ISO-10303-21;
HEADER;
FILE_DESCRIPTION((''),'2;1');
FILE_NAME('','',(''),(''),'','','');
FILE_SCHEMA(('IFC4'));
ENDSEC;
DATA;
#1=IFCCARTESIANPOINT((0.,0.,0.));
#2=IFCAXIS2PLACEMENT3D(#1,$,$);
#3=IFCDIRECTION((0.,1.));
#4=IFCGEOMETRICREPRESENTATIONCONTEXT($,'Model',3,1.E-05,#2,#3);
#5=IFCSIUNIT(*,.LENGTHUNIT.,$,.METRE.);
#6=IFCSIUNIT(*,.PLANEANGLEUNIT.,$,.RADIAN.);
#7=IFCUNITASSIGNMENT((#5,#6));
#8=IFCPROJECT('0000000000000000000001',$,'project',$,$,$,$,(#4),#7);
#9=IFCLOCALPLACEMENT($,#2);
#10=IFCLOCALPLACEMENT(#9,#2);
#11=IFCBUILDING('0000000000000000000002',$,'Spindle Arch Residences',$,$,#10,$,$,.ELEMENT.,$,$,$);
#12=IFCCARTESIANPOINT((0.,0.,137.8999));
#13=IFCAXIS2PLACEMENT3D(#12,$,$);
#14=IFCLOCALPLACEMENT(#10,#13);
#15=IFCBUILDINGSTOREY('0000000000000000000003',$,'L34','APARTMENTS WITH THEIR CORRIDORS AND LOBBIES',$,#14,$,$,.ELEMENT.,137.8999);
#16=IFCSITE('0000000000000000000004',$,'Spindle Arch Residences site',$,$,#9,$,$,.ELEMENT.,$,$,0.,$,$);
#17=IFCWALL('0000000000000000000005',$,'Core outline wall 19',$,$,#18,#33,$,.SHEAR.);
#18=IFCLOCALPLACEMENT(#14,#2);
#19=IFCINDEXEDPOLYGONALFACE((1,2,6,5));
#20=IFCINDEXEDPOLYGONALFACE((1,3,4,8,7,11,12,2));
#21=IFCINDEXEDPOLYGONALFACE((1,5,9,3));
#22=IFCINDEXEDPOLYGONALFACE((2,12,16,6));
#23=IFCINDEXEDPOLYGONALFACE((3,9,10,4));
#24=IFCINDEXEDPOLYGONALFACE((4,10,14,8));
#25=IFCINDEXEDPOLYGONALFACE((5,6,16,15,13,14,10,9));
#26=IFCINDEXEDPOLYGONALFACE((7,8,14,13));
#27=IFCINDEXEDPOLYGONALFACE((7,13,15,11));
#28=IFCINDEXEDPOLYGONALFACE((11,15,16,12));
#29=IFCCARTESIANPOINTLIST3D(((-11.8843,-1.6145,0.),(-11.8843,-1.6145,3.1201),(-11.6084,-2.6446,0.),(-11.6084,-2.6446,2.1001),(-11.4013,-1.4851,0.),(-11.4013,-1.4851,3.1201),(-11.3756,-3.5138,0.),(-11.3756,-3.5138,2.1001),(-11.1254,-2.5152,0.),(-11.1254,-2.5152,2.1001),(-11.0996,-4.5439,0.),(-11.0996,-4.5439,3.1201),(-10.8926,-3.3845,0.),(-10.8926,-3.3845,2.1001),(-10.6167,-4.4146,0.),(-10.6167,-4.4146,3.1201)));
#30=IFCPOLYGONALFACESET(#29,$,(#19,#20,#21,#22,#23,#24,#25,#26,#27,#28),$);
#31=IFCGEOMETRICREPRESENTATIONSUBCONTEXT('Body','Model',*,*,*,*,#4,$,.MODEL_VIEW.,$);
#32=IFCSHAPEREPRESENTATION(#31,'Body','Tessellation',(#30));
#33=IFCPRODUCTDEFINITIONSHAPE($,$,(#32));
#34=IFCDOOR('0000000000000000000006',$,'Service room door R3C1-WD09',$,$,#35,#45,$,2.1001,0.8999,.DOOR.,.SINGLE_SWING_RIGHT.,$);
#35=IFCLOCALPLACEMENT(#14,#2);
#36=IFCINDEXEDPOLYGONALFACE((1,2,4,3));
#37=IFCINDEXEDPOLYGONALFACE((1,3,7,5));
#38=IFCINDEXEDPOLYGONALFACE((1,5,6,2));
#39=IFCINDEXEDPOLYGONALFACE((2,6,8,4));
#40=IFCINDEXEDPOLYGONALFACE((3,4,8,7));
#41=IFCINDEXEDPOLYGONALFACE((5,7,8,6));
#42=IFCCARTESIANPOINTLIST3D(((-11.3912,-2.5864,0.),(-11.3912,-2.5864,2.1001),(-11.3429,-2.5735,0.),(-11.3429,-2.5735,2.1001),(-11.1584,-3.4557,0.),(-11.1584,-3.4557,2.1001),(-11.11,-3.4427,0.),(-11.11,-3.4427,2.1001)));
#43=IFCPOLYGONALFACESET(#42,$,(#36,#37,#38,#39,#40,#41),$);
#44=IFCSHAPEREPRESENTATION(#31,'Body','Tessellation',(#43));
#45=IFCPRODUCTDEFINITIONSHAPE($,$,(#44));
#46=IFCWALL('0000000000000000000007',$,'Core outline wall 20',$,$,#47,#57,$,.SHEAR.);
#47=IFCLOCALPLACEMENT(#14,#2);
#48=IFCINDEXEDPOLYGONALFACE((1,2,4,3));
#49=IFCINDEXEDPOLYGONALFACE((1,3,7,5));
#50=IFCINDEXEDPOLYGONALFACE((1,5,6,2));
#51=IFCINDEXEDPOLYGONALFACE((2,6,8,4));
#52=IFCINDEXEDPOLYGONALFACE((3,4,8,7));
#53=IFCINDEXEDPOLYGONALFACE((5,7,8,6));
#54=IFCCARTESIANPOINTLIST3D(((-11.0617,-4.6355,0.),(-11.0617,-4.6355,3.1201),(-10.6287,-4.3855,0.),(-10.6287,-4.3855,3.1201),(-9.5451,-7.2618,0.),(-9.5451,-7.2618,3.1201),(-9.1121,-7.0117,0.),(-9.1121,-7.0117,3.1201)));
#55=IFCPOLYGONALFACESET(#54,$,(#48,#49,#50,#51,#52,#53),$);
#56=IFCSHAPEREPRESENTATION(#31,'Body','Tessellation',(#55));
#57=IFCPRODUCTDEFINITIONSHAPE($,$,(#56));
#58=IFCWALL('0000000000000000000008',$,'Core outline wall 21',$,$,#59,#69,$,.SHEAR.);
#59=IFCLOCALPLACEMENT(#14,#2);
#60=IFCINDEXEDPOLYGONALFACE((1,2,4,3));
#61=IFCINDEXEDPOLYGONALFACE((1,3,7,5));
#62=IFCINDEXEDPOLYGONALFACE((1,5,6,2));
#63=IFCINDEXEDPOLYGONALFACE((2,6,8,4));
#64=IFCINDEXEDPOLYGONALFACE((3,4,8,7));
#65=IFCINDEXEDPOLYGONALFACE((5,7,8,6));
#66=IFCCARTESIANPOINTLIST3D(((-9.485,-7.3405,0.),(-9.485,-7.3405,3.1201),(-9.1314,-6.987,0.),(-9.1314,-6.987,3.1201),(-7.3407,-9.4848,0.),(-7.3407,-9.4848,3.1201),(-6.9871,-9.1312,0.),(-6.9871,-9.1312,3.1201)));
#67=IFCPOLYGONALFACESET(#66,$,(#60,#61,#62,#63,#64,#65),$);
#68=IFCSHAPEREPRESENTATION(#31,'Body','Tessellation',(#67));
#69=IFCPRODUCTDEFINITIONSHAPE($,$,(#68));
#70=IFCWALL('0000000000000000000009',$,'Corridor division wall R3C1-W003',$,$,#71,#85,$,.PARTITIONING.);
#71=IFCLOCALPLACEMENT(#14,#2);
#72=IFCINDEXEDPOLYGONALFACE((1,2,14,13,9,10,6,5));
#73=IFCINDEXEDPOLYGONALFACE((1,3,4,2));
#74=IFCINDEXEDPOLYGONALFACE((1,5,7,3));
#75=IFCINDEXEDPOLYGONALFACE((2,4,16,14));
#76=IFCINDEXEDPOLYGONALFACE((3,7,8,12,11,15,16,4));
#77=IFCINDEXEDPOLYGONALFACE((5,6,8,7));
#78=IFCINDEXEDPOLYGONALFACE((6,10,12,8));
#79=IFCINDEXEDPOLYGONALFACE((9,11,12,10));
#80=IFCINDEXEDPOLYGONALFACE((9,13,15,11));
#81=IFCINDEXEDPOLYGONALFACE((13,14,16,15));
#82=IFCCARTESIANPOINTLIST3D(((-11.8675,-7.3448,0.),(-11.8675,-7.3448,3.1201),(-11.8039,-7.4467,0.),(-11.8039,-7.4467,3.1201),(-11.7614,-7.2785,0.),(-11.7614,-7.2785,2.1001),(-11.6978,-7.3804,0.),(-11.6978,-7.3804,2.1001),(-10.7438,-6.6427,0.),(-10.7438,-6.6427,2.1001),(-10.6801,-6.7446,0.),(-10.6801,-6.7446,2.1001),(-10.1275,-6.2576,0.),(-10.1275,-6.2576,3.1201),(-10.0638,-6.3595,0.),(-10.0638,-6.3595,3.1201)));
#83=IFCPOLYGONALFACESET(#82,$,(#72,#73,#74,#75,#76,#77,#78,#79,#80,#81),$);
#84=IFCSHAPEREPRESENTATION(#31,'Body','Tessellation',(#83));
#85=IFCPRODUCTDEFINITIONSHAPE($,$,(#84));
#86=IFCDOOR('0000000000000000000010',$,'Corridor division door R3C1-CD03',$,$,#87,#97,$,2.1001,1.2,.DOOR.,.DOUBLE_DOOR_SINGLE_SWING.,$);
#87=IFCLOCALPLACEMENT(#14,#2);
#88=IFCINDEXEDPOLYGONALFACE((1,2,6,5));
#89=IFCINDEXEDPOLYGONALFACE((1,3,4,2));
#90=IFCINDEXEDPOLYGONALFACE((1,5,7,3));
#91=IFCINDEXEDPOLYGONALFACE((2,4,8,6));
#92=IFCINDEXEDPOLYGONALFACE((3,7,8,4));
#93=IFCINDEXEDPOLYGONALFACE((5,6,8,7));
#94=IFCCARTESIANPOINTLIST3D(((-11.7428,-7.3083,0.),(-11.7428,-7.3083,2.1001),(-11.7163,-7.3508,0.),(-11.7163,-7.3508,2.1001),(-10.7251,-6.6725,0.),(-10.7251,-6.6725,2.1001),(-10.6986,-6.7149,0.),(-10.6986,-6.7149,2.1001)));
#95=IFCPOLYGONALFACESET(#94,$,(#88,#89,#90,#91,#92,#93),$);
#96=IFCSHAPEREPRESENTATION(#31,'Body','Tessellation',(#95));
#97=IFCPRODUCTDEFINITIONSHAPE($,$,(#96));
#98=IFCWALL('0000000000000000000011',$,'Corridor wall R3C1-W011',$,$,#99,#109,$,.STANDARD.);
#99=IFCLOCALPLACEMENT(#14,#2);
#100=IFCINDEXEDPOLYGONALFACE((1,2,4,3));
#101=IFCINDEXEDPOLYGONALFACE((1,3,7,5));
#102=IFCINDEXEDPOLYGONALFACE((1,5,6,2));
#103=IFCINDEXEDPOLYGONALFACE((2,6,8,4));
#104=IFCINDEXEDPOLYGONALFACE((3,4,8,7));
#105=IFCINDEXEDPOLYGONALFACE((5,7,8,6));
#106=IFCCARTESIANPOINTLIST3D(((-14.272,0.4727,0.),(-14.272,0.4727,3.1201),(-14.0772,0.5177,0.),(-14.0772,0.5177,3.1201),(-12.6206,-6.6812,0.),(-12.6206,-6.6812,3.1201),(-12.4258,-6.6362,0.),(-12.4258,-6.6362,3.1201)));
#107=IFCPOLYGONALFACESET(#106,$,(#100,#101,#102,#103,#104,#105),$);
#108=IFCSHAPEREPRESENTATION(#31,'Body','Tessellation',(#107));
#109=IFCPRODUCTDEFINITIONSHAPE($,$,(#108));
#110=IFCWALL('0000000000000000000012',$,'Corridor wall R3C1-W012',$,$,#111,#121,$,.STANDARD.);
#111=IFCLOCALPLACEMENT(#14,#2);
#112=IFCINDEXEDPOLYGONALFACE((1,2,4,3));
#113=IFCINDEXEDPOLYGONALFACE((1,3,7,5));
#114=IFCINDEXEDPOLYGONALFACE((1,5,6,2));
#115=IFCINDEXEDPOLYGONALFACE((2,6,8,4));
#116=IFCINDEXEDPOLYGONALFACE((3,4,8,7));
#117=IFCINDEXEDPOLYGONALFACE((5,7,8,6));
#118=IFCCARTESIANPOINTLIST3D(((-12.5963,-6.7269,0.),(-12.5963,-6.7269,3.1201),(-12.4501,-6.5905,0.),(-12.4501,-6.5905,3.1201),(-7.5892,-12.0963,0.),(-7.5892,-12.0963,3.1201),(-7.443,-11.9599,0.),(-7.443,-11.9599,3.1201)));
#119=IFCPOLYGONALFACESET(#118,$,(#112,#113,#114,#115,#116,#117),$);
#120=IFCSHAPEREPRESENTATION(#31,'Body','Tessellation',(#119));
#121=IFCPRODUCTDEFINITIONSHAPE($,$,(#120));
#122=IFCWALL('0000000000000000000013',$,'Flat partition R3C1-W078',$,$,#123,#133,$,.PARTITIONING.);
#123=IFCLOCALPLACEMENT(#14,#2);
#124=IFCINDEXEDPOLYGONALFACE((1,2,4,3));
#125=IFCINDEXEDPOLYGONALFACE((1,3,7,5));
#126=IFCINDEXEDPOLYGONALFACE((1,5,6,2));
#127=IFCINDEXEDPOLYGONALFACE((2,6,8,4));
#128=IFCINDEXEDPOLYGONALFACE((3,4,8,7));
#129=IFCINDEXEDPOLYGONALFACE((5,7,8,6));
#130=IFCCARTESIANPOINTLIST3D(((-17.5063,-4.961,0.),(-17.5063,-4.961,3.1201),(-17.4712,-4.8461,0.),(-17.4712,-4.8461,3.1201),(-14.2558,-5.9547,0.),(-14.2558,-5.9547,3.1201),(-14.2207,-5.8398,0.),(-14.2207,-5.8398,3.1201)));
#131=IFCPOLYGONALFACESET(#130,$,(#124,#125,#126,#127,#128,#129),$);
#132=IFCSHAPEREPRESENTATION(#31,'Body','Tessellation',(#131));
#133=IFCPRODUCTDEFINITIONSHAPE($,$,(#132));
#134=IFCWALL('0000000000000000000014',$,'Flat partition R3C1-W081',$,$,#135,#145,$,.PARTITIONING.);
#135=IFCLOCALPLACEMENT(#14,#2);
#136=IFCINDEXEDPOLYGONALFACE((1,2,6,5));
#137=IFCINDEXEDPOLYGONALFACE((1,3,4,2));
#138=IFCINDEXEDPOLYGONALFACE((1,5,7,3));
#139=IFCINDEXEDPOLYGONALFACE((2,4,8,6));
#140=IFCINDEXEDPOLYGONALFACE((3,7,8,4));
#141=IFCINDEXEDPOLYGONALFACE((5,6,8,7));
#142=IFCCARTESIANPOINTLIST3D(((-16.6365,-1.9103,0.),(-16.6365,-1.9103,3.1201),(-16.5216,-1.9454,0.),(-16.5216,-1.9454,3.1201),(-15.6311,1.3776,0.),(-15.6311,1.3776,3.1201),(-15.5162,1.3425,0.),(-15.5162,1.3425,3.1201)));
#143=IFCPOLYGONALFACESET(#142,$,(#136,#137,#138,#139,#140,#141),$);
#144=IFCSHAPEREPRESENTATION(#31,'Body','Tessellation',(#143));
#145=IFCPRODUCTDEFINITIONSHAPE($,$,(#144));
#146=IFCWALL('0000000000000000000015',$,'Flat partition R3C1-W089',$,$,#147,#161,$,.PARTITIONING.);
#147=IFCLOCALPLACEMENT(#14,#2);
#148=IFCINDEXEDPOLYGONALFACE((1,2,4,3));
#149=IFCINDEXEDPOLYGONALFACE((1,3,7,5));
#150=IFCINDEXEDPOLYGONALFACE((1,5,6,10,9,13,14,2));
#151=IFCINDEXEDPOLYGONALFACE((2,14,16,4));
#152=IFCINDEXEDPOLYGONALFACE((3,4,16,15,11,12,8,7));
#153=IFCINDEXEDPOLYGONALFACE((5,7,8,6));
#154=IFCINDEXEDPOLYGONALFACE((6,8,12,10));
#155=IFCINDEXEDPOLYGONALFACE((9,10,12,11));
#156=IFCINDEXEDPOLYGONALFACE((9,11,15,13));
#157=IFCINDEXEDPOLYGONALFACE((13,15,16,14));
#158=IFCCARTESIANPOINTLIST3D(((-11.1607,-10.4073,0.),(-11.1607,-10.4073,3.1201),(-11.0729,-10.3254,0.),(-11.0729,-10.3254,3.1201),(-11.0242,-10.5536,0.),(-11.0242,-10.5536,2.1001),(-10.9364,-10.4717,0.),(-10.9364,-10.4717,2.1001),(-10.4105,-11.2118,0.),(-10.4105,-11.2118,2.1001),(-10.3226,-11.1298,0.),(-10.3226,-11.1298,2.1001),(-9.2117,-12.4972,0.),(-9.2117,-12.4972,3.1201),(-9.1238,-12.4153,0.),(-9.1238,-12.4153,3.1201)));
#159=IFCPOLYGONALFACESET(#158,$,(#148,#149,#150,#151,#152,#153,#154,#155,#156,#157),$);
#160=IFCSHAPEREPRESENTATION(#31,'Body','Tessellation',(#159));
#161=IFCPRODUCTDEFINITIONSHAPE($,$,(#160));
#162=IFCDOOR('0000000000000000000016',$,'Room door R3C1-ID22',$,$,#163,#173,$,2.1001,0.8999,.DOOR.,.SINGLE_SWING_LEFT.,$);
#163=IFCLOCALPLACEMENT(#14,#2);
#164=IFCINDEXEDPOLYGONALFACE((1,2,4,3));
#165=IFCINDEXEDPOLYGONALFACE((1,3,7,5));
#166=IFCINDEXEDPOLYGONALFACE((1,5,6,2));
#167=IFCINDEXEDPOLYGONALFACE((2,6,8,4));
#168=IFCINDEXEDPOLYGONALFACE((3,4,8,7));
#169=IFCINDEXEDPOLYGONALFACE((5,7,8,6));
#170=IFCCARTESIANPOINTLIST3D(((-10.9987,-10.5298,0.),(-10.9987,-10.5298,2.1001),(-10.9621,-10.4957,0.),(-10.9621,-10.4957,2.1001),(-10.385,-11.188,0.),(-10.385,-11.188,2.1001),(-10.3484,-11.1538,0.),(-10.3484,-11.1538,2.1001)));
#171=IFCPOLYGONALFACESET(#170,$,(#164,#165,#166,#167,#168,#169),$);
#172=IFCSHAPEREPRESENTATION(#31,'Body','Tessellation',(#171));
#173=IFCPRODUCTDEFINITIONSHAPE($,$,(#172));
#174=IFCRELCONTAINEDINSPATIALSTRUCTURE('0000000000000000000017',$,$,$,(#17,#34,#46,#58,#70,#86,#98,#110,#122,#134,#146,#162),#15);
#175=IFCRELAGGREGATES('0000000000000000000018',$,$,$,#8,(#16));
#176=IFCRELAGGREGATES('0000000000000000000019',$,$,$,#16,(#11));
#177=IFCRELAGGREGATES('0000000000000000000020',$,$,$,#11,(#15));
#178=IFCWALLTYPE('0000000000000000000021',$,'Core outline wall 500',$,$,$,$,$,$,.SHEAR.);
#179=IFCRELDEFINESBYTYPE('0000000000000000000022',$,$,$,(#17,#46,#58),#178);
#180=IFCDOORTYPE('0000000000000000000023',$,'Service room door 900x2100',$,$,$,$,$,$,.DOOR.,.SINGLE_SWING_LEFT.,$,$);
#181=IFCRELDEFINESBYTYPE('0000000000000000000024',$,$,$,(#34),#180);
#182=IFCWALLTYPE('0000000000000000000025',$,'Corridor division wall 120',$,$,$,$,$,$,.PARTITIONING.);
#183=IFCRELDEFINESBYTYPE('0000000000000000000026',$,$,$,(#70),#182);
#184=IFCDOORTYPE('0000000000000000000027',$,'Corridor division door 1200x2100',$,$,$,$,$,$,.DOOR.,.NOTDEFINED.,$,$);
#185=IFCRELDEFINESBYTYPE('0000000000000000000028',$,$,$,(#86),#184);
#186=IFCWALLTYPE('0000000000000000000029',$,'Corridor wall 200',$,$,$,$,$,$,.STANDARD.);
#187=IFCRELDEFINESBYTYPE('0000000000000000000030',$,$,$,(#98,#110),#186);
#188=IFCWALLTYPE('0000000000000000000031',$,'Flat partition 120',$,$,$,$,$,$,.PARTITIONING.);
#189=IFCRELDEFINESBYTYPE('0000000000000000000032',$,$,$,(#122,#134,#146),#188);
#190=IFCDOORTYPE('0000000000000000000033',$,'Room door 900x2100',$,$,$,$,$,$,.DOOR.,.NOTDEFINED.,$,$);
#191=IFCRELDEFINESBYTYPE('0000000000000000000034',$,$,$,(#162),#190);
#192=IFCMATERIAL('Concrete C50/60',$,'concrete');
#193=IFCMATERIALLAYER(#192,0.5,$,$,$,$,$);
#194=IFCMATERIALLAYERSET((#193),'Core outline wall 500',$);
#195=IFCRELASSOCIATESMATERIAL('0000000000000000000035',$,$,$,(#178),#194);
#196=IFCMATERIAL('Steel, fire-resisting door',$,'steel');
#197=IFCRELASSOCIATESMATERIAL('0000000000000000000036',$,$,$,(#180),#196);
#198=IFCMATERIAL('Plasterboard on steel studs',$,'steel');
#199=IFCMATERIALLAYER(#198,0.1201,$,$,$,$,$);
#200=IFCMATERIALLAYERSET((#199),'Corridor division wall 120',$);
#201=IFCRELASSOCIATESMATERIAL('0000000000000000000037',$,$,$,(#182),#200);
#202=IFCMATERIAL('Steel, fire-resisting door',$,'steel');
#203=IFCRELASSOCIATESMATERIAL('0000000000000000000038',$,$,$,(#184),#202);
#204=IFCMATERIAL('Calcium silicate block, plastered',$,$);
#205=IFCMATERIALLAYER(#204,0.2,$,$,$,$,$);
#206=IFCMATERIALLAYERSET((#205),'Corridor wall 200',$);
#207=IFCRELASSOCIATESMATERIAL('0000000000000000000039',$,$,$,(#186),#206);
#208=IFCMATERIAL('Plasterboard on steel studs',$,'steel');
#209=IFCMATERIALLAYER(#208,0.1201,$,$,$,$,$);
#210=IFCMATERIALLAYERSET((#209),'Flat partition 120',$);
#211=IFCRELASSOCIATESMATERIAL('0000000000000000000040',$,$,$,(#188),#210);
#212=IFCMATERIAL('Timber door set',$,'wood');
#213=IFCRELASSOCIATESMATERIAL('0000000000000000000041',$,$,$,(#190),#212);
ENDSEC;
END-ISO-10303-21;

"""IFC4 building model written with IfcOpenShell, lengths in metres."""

from ifc_helpers import new_model, si_unit, direction, frame, frame_2d, origin, place, context, subcontext, project, spatial, rectangle, extrude, material, layer, layer_set, type_object, element, fill, save


model = new_model("IFC4")

# Units and contexts
model_context = context("Model", 3, precision=1e-05, world=origin(), true_north=direction((0.0, 1.0)))
body_context = subcontext(model_context, "Body", "Model", "MODEL_VIEW")
ifc_project = project(units=[si_unit("LENGTHUNIT", "METRE"), si_unit("PLANEANGLEUNIT", "RADIAN")], contexts=[model_context])

# Site, building, storey
site_placement = place(None, origin())
site = spatial("IfcSite", under=ifc_project, at=site_placement, Name="Spindle Arch Residences site", CompositionType="ELEMENT", RefElevation=0.0)
building_placement = place(site_placement, origin())
building = spatial("IfcBuilding", under=site, at=building_placement, Name="Spindle Arch Residences", CompositionType="ELEMENT")
storey_placement = place(building_placement, frame((0.0, 0.0, 137.8999)))
storey = spatial("IfcBuildingStorey", under=building, at=storey_placement, Name="L34", Description="APARTMENTS WITH THEIR CORRIDORS AND LOBBIES", CompositionType="ELEMENT", Elevation=137.8999)

# Wall, opening, door
ifc_material_1 = material(Name="Concrete C50/60", Category="concrete")
ifc_layer_1 = layer(ifc_material_1, 0.5)
ifc_layer_set_1 = layer_set([ifc_layer_1], Name="Core outline wall 500")
wall_type_1 = type_object("IfcWallType", Name="Core outline wall 500", PredefinedType="SHEAR", material=ifc_layer_set_1)
wall_1_placement = place(storey_placement, frame((-11.6428, -1.5498, 0.0), z_axis=(0.0, 0.0, 1.0), x_axis=(0.258735, -0.965948, 0.0)))
wall_1 = element("IfcWall", 1, at=wall_1_placement, inside=storey, type_object=wall_type_1, Name="Core outline wall 19", PredefinedType="SHEAR", context=body_context, shape_type="SweptSolid", body=[
    extrude(rectangle(XDim=3.0327, YDim=0.5, at=frame_2d((1.5164, 0.0))), origin(), (0.0, 0.0, 1.0), 3.1201),
])
opening_1_placement = place(wall_1_placement, frame((1.0664, 0.0, 0.0)))
opening_1 = element("IfcOpeningElement", 2, at=opening_1_placement, cuts=wall_1, PredefinedType="OPENING", context=body_context, shape_type="SweptSolid", body=[
    extrude(rectangle(XDim=0.8999, YDim=2.1001, at=frame_2d((0.45, 1.05))), frame((0.0, 0.26, 0.0), z_axis=(0.0, -1.0, 0.0), x_axis=(1.0, 0.0, 0.0)), (0.0, 0.0, 1.0), 0.52),
])
ifc_material_2 = material(Name="Steel, fire-resisting door", Category="steel")
door_type_1 = type_object("IfcDoorType", Name="Service room door 900x2100", OperationType="SINGLE_SWING_LEFT", PredefinedType="DOOR", material=ifc_material_2)
door_1_placement = place(opening_1_placement, origin())
door_1 = element("IfcDoor", 3, at=door_1_placement, inside=storey, type_object=door_type_1, Name="Service room door R3C1-WD09", OperationType="SINGLE_SWING_RIGHT", OverallHeight=2.1001, OverallWidth=0.8999, PredefinedType="DOOR", context=body_context, shape_type="SweptSolid", body=[
    extrude(rectangle(XDim=0.8999, YDim=2.1001, at=frame_2d((0.45, 1.05))), frame((0.0, 0.0249, 0.0), z_axis=(0.0, -1.0, 0.0), x_axis=(1.0, 0.0, 0.0)), (0.0, 0.0, 1.0), 0.05),
])
fill(opening_1, door_1)

# Walls
wall_2_placement = place(storey_placement, frame((-10.8452, -4.5105, 0.0), z_axis=(0.0, 0.0, 1.0), x_axis=(0.500087, -0.865975, 0.0)))
element("IfcWall", 4, at=wall_2_placement, inside=storey, type_object=wall_type_1, Name="Core outline wall 20", PredefinedType="SHEAR", context=body_context, shape_type="SweptSolid", body=[
    extrude(rectangle(XDim=3.0327, YDim=0.5, at=frame_2d((1.5164, 0.0))), origin(), (0.0, 0.0, 1.0), 3.1201),
])
wall_3_placement = place(storey_placement, frame((-9.3081, -7.1638, 0.0), z_axis=(0.0, 0.0, 1.0), x_axis=(0.707107, -0.707107, 0.0)))
element("IfcWall", 5, at=wall_3_placement, inside=storey, type_object=wall_type_1, Name="Core outline wall 21", PredefinedType="SHEAR", context=body_context, shape_type="SweptSolid", body=[
    extrude(rectangle(XDim=3.0325, YDim=0.5, at=frame_2d((1.5161, 0.0))), origin(), (0.0, 0.0, 1.0), 3.1201),
])

# Wall, opening, door
ifc_material_3 = material(Name="Plasterboard on steel studs", Category="steel")
ifc_layer_2 = layer(ifc_material_3, 0.1201)
ifc_layer_set_2 = layer_set([ifc_layer_2], Name="Corridor division wall 120")
wall_type_2 = type_object("IfcWallType", Name="Corridor division wall 120", PredefinedType="PARTITIONING", material=ifc_layer_set_2)
wall_4_placement = place(storey_placement, frame((-11.8357, -7.3958, 0.0), z_axis=(0.0, 0.0, 1.0), x_axis=(0.848072, 0.529881, 0.0)))
wall_4 = element("IfcWall", 6, at=wall_4_placement, inside=storey, type_object=wall_type_2, Name="Corridor division wall R3C1-W003", PredefinedType="PARTITIONING", context=body_context, shape_type="SweptSolid", body=[
    extrude(rectangle(XDim=2.0518, YDim=0.1201, at=frame_2d((1.0259, 0.0))), origin(), (0.0, 0.0, 1.0), 3.1201),
])
opening_2_placement = place(wall_4_placement, frame((0.125, 0.0, 0.0)))
opening_2 = element("IfcOpeningElement", 7, at=opening_2_placement, cuts=wall_4, PredefinedType="OPENING", context=body_context, shape_type="SweptSolid", body=[
    extrude(rectangle(XDim=1.2, YDim=2.1001, at=frame_2d((0.6001, 1.05))), frame((0.0, 0.0701, 0.0), z_axis=(0.0, -1.0, 0.0), x_axis=(1.0, 0.0, 0.0)), (0.0, 0.0, 1.0), 0.1401),
])
ifc_material_4 = material(Name="Steel, fire-resisting door", Category="steel")
door_type_2 = type_object("IfcDoorType", Name="Corridor division door 1200x2100", OperationType="NOTDEFINED", PredefinedType="DOOR", material=ifc_material_4)
door_2_placement = place(opening_2_placement, origin())
door_2 = element("IfcDoor", 8, at=door_2_placement, inside=storey, type_object=door_type_2, Name="Corridor division door R3C1-CD03", OperationType="DOUBLE_DOOR_SINGLE_SWING", OverallHeight=2.1001, OverallWidth=1.2, PredefinedType="DOOR", context=body_context, shape_type="SweptSolid", body=[
    extrude(rectangle(XDim=1.2, YDim=2.1001, at=frame_2d((0.6001, 1.05))), frame((0.0, 0.0249, 0.0), z_axis=(0.0, -1.0, 0.0), x_axis=(1.0, 0.0, 0.0)), (0.0, 0.0, 1.0), 0.05),
])
fill(opening_2, door_2)

# Walls
ifc_material_5 = material(Name="Calcium silicate block, plastered")
ifc_layer_3 = layer(ifc_material_5, 0.2)
ifc_layer_set_3 = layer_set([ifc_layer_3], Name="Corridor wall 200")
wall_type_3 = type_object("IfcWallType", Name="Corridor wall 200", PredefinedType="STANDARD", material=ifc_layer_set_3)
wall_5_placement = place(storey_placement, frame((-14.1746, 0.4951, 0.0), z_axis=(0.0, 0.0, 1.0), x_axis=(0.224923, -0.974377, 0.0)))
element("IfcWall", 9, at=wall_5_placement, inside=storey, type_object=wall_type_3, Name="Corridor wall R3C1-W011", PredefinedType="STANDARD", context=body_context, shape_type="SweptSolid", body=[
    extrude(rectangle(XDim=7.342, YDim=0.2, at=frame_2d((3.6709, 0.0))), origin(), (0.0, 0.0, 1.0), 3.1201),
])
wall_6_placement = place(storey_placement, frame((-12.5232, -6.6587, 0.0), z_axis=(0.0, 0.0, 1.0), x_axis=(0.682002, -0.73135, 0.0)))
element("IfcWall", 10, at=wall_6_placement, inside=storey, type_object=wall_type_3, Name="Corridor wall R3C1-W012", PredefinedType="STANDARD", context=body_context, shape_type="SweptSolid", body=[
    extrude(rectangle(XDim=7.3418, YDim=0.2, at=frame_2d((3.6709, 0.0))), origin(), (0.0, 0.0, 1.0), 3.1201),
])
ifc_material_6 = material(Name="Plasterboard on steel studs", Category="steel")
ifc_layer_4 = layer(ifc_material_6, 0.1201)
ifc_layer_set_4 = layer_set([ifc_layer_4], Name="Flat partition 120")
wall_type_4 = type_object("IfcWallType", Name="Flat partition 120", PredefinedType="PARTITIONING", material=ifc_layer_set_4)
wall_7_placement = place(storey_placement, frame((-14.2383, -5.8972, 0.0), z_axis=(0.0, 0.0, 1.0), x_axis=(-0.956315, 0.292339, 0.0)))
element("IfcWall", 11, at=wall_7_placement, inside=storey, type_object=wall_type_4, Name="Flat partition R3C1-W078", PredefinedType="PARTITIONING", context=body_context, shape_type="SweptSolid", body=[
    extrude(rectangle(XDim=3.3989, YDim=0.1201, at=frame_2d((1.6995, 0.0))), origin(), (0.0, 0.0, 1.0), 3.1201),
])
wall_8_placement = place(storey_placement, frame((-16.5791, -1.928, 0.0), z_axis=(0.0, 0.0, 1.0), x_axis=(0.292419, 0.95629, 0.0)))
element("IfcWall", 12, at=wall_8_placement, inside=storey, type_object=wall_type_4, Name="Flat partition R3C1-W081", PredefinedType="PARTITIONING", context=body_context, shape_type="SweptSolid", body=[
    extrude(rectangle(XDim=3.4382, YDim=0.1201, at=frame_2d((1.7192, 0.0))), origin(), (0.0, 0.0, 1.0), 3.1201),
])

# Wall, opening, door
wall_9_placement = place(storey_placement, frame((-11.1167, -10.3665, 0.0), z_axis=(0.0, 0.0, 1.0), x_axis=(0.682029, -0.731325, 0.0)))
wall_9 = element("IfcWall", 13, at=wall_9_placement, inside=storey, type_object=wall_type_4, Name="Flat partition R3C1-W089", PredefinedType="PARTITIONING", context=body_context, shape_type="SweptSolid", body=[
    extrude(rectangle(XDim=2.8577, YDim=0.1201, at=frame_2d((1.4287, 0.0))), origin(), (0.0, 0.0, 1.0), 3.1201),
])
opening_3_placement = place(wall_9_placement, frame((0.2, 0.0, 0.0)))
opening_3 = element("IfcOpeningElement", 14, at=opening_3_placement, cuts=wall_9, PredefinedType="OPENING", context=body_context, shape_type="SweptSolid", body=[
    extrude(rectangle(XDim=0.8999, YDim=2.1001, at=frame_2d((0.45, 1.05))), frame((0.0, 0.0701, 0.0), z_axis=(0.0, -1.0, 0.0), x_axis=(1.0, 0.0, 0.0)), (0.0, 0.0, 1.0), 0.1401),
])
ifc_material_7 = material(Name="Timber door set", Category="wood")
door_type_3 = type_object("IfcDoorType", Name="Room door 900x2100", OperationType="NOTDEFINED", PredefinedType="DOOR", material=ifc_material_7)
door_3_placement = place(opening_3_placement, origin())
door_3 = element("IfcDoor", 15, at=door_3_placement, inside=storey, type_object=door_type_3, Name="Room door R3C1-ID22", OperationType="SINGLE_SWING_LEFT", OverallHeight=2.1001, OverallWidth=0.8999, PredefinedType="DOOR", context=body_context, shape_type="SweptSolid", body=[
    extrude(rectangle(XDim=0.8999, YDim=2.1001, at=frame_2d((0.45, 1.05))), frame((0.0, 0.0249, 0.0), z_axis=(0.0, -1.0, 0.0), x_axis=(1.0, 0.0, 0.0)), (0.0, 0.0, 1.0), 0.05),
])
fill(opening_3, door_3)

save(model, "model.ifc")
